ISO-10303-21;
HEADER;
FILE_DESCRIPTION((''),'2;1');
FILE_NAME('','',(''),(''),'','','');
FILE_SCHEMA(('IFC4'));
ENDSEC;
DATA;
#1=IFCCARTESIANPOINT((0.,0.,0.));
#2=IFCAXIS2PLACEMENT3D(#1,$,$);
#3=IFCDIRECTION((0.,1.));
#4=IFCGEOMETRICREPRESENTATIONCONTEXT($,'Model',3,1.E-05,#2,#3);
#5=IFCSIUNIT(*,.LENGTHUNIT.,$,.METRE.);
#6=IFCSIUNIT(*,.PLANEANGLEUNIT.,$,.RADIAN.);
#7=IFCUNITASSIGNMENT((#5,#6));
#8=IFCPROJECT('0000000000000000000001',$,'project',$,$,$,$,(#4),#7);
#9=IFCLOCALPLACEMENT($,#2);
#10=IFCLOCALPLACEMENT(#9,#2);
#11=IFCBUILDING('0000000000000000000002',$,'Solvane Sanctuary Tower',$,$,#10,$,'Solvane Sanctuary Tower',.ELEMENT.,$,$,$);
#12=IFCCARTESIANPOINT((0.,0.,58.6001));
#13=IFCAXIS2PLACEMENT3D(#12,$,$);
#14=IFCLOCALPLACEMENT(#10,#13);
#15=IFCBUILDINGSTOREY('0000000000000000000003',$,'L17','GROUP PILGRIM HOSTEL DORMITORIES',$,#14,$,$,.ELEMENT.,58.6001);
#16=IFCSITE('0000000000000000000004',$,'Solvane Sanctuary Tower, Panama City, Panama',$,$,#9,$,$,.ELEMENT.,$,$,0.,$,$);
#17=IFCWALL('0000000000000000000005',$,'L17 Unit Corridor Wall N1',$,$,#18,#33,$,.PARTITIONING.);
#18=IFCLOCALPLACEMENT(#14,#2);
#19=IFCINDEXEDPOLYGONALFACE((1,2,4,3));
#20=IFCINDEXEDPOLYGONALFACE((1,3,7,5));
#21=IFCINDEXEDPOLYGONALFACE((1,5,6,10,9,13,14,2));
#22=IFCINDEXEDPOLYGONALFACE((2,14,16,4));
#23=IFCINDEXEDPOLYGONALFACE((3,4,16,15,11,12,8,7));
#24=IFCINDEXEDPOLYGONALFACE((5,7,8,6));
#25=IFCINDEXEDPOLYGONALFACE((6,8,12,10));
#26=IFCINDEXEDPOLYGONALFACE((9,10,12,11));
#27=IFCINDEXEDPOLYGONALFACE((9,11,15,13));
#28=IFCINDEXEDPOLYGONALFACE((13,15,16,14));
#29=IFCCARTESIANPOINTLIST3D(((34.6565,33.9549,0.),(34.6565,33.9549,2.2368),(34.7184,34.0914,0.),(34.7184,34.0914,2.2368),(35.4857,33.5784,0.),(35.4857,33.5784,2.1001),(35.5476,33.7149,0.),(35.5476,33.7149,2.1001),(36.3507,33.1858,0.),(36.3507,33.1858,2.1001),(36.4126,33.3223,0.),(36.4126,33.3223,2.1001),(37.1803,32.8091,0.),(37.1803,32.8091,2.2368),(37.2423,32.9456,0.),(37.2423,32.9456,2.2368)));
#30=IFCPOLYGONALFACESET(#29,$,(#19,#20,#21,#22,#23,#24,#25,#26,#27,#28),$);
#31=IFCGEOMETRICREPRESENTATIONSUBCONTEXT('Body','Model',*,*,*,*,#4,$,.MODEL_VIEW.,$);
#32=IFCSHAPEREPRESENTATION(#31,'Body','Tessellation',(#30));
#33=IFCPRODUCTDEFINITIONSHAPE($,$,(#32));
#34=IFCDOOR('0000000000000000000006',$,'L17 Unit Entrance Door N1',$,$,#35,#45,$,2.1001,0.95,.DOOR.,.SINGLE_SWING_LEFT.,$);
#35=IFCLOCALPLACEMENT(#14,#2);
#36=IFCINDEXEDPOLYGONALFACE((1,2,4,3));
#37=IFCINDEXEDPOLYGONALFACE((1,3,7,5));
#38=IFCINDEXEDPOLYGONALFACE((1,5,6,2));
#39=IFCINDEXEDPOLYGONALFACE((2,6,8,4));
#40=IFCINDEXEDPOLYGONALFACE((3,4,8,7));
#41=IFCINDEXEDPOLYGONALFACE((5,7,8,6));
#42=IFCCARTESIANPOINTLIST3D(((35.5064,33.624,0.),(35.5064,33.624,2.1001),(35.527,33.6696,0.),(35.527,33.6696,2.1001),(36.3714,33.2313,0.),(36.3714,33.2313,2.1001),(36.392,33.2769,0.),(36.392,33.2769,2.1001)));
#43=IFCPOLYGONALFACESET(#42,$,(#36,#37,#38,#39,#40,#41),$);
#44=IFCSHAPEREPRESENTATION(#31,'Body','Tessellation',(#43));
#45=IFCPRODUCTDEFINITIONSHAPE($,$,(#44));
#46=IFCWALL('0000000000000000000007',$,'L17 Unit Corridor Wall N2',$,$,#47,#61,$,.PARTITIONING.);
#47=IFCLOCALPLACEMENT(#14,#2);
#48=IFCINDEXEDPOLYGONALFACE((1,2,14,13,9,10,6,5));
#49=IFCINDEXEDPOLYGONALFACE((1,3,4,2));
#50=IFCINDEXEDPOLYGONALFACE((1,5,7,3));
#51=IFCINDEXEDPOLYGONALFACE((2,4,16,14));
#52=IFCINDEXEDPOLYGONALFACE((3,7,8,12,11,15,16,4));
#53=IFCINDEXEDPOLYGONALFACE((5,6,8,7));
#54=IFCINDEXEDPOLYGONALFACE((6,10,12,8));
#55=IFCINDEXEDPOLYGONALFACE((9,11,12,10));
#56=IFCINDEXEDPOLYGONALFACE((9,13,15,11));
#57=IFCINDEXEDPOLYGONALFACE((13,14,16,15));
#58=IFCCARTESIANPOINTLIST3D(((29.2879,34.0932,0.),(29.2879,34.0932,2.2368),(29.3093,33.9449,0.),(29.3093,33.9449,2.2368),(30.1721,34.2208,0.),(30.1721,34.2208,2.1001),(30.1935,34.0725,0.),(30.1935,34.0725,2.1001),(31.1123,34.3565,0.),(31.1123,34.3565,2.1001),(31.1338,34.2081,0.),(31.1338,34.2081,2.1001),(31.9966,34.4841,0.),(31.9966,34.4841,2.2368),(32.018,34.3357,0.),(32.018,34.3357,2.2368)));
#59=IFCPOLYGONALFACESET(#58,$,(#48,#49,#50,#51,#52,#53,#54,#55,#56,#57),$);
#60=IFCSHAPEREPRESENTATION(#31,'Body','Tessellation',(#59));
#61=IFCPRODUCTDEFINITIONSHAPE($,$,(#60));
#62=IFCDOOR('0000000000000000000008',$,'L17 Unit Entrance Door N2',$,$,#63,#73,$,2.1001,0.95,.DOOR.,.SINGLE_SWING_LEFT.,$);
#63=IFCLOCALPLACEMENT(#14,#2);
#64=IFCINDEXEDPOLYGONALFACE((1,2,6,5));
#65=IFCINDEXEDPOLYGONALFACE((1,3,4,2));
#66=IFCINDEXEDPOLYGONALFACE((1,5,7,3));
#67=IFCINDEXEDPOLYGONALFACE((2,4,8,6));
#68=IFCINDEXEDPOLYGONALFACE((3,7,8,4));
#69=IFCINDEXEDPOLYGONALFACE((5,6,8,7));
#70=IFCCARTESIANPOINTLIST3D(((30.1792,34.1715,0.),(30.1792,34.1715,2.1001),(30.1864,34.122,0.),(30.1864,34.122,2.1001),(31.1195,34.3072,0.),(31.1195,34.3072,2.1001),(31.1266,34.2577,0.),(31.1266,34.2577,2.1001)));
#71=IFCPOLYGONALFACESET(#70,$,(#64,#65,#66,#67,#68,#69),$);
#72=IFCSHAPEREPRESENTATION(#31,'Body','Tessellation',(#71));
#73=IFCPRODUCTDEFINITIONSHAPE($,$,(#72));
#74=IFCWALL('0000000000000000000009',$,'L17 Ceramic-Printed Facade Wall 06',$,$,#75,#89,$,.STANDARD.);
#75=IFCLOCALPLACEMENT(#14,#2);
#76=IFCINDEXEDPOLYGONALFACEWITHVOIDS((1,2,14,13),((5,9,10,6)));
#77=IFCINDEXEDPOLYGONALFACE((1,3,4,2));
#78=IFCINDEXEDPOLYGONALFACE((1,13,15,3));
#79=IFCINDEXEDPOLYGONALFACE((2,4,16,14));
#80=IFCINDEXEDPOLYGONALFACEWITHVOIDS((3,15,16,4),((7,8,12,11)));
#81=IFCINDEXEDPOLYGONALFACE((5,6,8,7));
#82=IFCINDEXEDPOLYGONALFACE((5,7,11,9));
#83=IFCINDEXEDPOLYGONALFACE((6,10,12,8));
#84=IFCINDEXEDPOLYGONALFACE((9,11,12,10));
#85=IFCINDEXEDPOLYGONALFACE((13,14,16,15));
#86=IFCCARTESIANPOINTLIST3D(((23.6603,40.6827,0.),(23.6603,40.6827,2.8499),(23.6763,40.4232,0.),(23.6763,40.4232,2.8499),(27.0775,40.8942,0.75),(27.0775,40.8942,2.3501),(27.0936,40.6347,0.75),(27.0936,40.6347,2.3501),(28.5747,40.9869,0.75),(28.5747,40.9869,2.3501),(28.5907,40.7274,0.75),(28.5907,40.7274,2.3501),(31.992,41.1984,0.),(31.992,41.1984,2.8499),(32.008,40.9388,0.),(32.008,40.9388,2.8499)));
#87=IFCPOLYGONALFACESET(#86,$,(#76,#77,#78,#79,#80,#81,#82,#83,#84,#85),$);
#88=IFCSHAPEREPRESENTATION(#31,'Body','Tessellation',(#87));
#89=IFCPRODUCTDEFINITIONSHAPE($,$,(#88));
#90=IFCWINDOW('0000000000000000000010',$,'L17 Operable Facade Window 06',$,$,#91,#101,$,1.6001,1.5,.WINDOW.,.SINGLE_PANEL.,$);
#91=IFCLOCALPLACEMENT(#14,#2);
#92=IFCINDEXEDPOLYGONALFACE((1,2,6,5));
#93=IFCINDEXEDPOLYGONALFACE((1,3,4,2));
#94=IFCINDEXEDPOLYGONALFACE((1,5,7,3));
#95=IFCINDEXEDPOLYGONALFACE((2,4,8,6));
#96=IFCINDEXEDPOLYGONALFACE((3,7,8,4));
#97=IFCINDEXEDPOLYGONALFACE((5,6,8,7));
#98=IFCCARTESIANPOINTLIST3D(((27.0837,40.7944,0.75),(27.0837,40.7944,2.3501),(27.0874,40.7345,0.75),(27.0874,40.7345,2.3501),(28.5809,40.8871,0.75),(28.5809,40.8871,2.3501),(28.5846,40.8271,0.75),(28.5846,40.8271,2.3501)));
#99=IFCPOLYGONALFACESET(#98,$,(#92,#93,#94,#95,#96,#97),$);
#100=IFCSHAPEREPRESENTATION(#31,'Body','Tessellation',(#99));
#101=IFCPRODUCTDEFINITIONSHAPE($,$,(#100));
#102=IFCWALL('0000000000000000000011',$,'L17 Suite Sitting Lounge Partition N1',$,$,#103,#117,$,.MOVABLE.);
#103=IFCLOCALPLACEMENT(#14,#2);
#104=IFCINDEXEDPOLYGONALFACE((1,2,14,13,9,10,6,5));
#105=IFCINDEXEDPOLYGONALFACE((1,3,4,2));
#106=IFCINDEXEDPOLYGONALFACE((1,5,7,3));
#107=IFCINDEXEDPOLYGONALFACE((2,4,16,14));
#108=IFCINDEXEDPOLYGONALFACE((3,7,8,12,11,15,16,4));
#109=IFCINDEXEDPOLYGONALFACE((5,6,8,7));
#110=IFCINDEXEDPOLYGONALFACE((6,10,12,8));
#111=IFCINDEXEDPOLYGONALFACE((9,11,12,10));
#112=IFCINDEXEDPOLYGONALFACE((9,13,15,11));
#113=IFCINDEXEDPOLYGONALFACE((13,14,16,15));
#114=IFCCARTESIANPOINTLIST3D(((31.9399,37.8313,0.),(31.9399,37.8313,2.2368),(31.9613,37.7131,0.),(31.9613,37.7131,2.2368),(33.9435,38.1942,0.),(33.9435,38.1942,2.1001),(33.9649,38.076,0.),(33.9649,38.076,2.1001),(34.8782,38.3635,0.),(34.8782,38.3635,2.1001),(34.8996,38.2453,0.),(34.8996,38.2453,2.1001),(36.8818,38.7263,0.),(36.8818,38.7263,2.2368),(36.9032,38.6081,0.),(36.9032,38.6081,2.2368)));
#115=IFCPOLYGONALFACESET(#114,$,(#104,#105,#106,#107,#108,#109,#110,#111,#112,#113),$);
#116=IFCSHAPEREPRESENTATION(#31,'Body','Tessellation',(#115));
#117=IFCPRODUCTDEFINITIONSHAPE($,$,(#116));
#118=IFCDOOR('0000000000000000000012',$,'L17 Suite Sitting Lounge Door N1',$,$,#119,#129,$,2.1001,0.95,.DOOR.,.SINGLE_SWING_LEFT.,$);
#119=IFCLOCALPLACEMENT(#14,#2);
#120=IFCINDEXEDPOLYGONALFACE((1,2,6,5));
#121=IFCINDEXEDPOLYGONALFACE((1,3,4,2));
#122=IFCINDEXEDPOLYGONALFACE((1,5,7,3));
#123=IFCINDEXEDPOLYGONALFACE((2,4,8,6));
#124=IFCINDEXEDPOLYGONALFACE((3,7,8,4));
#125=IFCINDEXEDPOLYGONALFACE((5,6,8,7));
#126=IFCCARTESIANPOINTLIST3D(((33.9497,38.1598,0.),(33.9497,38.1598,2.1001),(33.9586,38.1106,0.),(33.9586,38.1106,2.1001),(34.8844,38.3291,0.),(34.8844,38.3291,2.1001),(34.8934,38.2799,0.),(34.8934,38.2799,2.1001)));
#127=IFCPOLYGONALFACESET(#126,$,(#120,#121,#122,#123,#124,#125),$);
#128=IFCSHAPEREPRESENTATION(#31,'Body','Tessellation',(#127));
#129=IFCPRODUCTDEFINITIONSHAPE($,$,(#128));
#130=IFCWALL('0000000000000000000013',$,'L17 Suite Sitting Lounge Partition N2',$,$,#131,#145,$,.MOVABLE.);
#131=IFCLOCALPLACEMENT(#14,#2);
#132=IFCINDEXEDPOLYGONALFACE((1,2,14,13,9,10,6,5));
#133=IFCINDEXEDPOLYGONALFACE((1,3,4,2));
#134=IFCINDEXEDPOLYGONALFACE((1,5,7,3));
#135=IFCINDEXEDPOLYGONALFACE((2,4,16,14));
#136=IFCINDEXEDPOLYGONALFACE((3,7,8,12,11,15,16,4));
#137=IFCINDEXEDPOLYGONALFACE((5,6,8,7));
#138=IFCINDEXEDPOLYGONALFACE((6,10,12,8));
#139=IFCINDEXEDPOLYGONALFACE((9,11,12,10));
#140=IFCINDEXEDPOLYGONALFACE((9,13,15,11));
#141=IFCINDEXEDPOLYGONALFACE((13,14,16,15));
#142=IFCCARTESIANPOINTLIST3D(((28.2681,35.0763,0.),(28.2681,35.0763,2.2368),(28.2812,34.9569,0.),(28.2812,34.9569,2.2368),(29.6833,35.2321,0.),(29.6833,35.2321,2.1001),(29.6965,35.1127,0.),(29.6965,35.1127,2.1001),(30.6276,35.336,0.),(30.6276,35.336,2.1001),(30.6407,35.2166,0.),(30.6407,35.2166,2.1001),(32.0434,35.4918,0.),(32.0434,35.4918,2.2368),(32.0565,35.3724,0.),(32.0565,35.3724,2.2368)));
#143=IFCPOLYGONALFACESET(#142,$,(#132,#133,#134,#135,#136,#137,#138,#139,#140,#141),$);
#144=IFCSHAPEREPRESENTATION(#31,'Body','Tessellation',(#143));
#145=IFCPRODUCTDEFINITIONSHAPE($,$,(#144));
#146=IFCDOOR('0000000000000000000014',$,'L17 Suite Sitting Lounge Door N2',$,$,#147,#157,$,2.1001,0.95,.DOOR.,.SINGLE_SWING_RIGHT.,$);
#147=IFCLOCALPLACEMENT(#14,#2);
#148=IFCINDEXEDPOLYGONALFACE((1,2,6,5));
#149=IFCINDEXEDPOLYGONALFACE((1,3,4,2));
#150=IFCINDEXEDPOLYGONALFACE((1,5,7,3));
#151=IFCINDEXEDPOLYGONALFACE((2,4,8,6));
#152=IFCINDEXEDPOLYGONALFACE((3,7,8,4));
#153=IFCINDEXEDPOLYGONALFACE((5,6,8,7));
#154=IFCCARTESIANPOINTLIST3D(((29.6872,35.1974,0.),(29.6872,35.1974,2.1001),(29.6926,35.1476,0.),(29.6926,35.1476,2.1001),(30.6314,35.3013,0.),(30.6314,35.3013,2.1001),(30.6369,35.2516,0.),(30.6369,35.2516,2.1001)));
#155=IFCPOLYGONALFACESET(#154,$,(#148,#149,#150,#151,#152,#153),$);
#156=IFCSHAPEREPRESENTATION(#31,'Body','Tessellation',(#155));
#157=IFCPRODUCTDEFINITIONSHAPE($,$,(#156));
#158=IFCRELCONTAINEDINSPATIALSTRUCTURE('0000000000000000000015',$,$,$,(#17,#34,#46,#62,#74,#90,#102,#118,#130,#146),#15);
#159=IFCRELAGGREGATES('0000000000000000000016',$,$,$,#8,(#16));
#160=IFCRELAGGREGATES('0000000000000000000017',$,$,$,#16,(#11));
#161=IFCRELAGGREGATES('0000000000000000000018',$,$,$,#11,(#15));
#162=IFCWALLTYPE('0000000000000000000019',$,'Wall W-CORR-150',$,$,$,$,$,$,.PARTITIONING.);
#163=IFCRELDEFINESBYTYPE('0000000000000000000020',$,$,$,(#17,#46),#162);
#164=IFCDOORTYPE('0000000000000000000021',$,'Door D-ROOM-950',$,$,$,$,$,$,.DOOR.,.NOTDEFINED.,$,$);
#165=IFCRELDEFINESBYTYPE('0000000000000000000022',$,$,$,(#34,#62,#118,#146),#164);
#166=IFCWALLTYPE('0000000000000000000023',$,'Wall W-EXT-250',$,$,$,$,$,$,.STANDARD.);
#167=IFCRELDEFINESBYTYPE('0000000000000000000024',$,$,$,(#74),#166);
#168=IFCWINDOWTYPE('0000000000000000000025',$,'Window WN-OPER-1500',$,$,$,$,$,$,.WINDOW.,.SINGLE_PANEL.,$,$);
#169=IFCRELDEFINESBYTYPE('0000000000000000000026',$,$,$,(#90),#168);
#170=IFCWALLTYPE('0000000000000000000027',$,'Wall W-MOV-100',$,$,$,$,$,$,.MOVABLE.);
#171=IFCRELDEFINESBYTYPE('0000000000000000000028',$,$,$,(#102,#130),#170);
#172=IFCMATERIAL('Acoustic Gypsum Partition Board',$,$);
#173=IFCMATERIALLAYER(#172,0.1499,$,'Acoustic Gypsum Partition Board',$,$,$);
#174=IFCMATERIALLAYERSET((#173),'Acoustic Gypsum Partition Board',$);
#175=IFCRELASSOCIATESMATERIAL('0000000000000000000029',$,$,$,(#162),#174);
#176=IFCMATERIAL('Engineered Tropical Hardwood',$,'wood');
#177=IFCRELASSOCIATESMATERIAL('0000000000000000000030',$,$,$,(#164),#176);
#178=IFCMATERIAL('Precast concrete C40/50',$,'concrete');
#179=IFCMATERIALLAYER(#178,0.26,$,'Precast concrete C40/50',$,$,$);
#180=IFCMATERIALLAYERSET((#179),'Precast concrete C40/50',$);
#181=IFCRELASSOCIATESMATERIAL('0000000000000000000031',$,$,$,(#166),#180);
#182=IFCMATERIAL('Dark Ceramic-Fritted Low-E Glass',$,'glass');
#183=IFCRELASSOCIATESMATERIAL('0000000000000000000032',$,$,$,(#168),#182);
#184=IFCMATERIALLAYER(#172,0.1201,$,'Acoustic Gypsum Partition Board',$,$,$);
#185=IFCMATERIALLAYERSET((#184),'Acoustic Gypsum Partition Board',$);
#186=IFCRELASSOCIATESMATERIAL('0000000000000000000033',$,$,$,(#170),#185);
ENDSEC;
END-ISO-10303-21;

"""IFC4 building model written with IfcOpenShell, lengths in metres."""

from ifc_helpers import new_model, si_unit, direction, frame, frame_2d, origin, place, context, subcontext, project, spatial, rectangle, extrude, material, layer, layer_set, type_object, element, fill, save


model = new_model("IFC4")

# Units and contexts
model_context = context("Model", 3, precision=1e-05, world=origin(), true_north=direction((0.0, 1.0)))
body_context = subcontext(model_context, "Body", "Model", "MODEL_VIEW")
ifc_project = project(units=[si_unit("LENGTHUNIT", "METRE"), si_unit("PLANEANGLEUNIT", "RADIAN")], contexts=[model_context])

# Site, building, storey
site_placement = place(None, origin())
site = spatial("IfcSite", under=ifc_project, at=site_placement, Name="Solvane Sanctuary Tower, Panama City, Panama", CompositionType="ELEMENT", RefElevation=0.0)
building_placement = place(site_placement, origin())
building = spatial("IfcBuilding", under=site, at=building_placement, Name="Solvane Sanctuary Tower", LongName="Solvane Sanctuary Tower", CompositionType="ELEMENT")
storey_placement = place(building_placement, frame((0.0, 0.0, 58.6001)))
storey = spatial("IfcBuildingStorey", under=building, at=storey_placement, Name="L17", Description="GROUP PILGRIM HOSTEL DORMITORIES", CompositionType="ELEMENT", Elevation=58.6001)

# Shared definitions
ifc_material_1 = material(Name="Acoustic Gypsum Partition Board")
ifc_layer_1 = layer(ifc_material_1, 0.1499, Name="Acoustic Gypsum Partition Board")
ifc_layer_set_1 = layer_set([ifc_layer_1], Name="Acoustic Gypsum Partition Board")
wall_type_1 = type_object("IfcWallType", Name="Wall W-CORR-150", PredefinedType="PARTITIONING", material=ifc_layer_set_1)

# Shared definitions
ifc_material_2 = material(Name="Engineered Tropical Hardwood", Category="wood")

# Walls, openings, doors
wall_1_placement = place(storey_placement, frame((37.2112, 32.8774, 0.0), z_axis=(0.0, 0.0, 1.0), x_axis=(-0.910568, 0.413358, 0.0)))
wall_1 = element("IfcWall", 1, at=wall_1_placement, inside=storey, type_object=wall_type_1, Name="L17 Unit Corridor Wall N1", PredefinedType="PARTITIONING", context=body_context, shape_type="SweptSolid", body=[
    extrude(rectangle(XDim=2.7717, YDim=0.1499, at=frame_2d((1.3857, 0.0))), origin(), (0.0, 0.0, 1.0), 2.2368),
])
opening_1_placement = place(wall_1_placement, frame((0.9109, 0.0, 0.0)))
opening_1 = element("IfcOpeningElement", 2, at=opening_1_placement, cuts=wall_1, PredefinedType="OPENING", context=body_context, shape_type="SweptSolid", body=[
    extrude(rectangle(XDim=0.95, YDim=2.1001, at=frame_2d((0.4751, 1.05))), frame((0.0, 0.085, 0.0), z_axis=(0.0, -1.0, 0.0), x_axis=(1.0, 0.0, 0.0)), (0.0, 0.0, 1.0), 0.1699),
])
door_type_1 = type_object("IfcDoorType", Name="Door D-ROOM-950", OperationType="NOTDEFINED", PredefinedType="DOOR", material=ifc_material_2)
door_1_placement = place(opening_1_placement, origin())
door_1 = element("IfcDoor", 3, at=door_1_placement, inside=storey, type_object=door_type_1, Name="L17 Unit Entrance Door N1", OperationType="SINGLE_SWING_LEFT", OverallHeight=2.1001, OverallWidth=0.95, PredefinedType="DOOR", context=body_context, shape_type="SweptSolid", body=[
    extrude(rectangle(XDim=0.95, YDim=2.1001, at=frame_2d((0.4751, 1.05))), frame((0.0, 0.0249, 0.0), z_axis=(0.0, -1.0, 0.0), x_axis=(1.0, 0.0, 0.0)), (0.0, 0.0, 1.0), 0.05),
])
fill(opening_1, door_1)
wall_2_placement = place(storey_placement, frame((32.0073, 34.4099, 0.0), z_axis=(0.0, 0.0, 1.0), x_axis=(-0.989749, -0.14282, 0.0)))
wall_2 = element("IfcWall", 4, at=wall_2_placement, inside=storey, type_object=wall_type_1, Name="L17 Unit Corridor Wall N2", PredefinedType="PARTITIONING", context=body_context, shape_type="SweptSolid", body=[
    extrude(rectangle(XDim=2.7368, YDim=0.1499, at=frame_2d((1.3684, 0.0))), origin(), (0.0, 0.0, 1.0), 2.2368),
])
opening_2_placement = place(wall_2_placement, frame((0.8933, 0.0, 0.0)))
opening_2 = element("IfcOpeningElement", 5, at=opening_2_placement, cuts=wall_2, PredefinedType="OPENING", context=body_context, shape_type="SweptSolid", body=[
    extrude(rectangle(XDim=0.95, YDim=2.1001, at=frame_2d((0.4751, 1.05))), frame((0.0, 0.085, 0.0), z_axis=(0.0, -1.0, 0.0), x_axis=(1.0, 0.0, 0.0)), (0.0, 0.0, 1.0), 0.1699),
])
door_2_placement = place(opening_2_placement, origin())
door_2 = element("IfcDoor", 6, at=door_2_placement, inside=storey, type_object=door_type_1, Name="L17 Unit Entrance Door N2", OperationType="SINGLE_SWING_LEFT", OverallHeight=2.1001, OverallWidth=0.95, PredefinedType="DOOR", context=body_context, shape_type="SweptSolid", body=[
    extrude(rectangle(XDim=0.95, YDim=2.1001, at=frame_2d((0.4751, 1.05))), frame((0.0, 0.0249, 0.0), z_axis=(0.0, -1.0, 0.0), x_axis=(1.0, 0.0, 0.0)), (0.0, 0.0, 1.0), 0.05),
])
fill(opening_2, door_2)

# Wall, opening, window
ifc_material_3 = material(Name="Precast concrete C40/50", Category="concrete")
ifc_layer_2 = layer(ifc_material_3, 0.26, Name="Precast concrete C40/50")
ifc_layer_set_2 = layer_set([ifc_layer_2], Name="Precast concrete C40/50")
wall_type_2 = type_object("IfcWallType", Name="Wall W-EXT-250", PredefinedType="STANDARD", material=ifc_layer_set_2)
wall_3_placement = place(storey_placement, frame((32.0, 41.0686, 0.0), z_axis=(0.0, 0.0, 1.0), x_axis=(-0.998091, -0.061768, 0.0)))
wall_3 = element("IfcWall", 7, at=wall_3_placement, inside=storey, type_object=wall_type_2, Name="L17 Ceramic-Printed Facade Wall 06", PredefinedType="STANDARD", context=body_context, shape_type="SweptSolid", body=[
    extrude(rectangle(XDim=8.3477, YDim=0.26, at=frame_2d((4.1738, 0.0))), origin(), (0.0, 0.0, 1.0), 2.8499),
])
opening_3_placement = place(wall_3_placement, frame((3.4238, 0.0, 0.75)))
opening_3 = element("IfcOpeningElement", 8, at=opening_3_placement, cuts=wall_3, PredefinedType="OPENING", context=body_context, shape_type="SweptSolid", body=[
    extrude(rectangle(XDim=1.5, YDim=1.6001, at=frame_2d((0.75, 0.8))), frame((0.0, 0.1399, 0.0), z_axis=(0.0, -1.0, 0.0), x_axis=(1.0, 0.0, 0.0)), (0.0, 0.0, 1.0), 0.28),
])
ifc_material_4 = material(Name="Dark Ceramic-Fritted Low-E Glass", Category="glass")
window_type = type_object("IfcWindowType", Name="Window WN-OPER-1500", PartitioningType="SINGLE_PANEL", PredefinedType="WINDOW", material=ifc_material_4)
window_placement = place(opening_3_placement, origin())
window = element("IfcWindow", 9, at=window_placement, inside=storey, type_object=window_type, Name="L17 Operable Facade Window 06", OverallHeight=1.6001, OverallWidth=1.5, PartitioningType="SINGLE_PANEL", PredefinedType="WINDOW", context=body_context, shape_type="SweptSolid", body=[
    extrude(rectangle(XDim=1.5, YDim=1.6001, at=frame_2d((0.75, 0.8))), frame((0.0, 0.03, 0.0), z_axis=(0.0, -1.0, 0.0), x_axis=(1.0, 0.0, 0.0)), (0.0, 0.0, 1.0), 0.0601),
])
fill(opening_3, window)

# Walls, openings, doors
ifc_layer_3 = layer(ifc_material_1, 0.1201, Name="Acoustic Gypsum Partition Board")
ifc_layer_set_3 = layer_set([ifc_layer_3], Name="Acoustic Gypsum Partition Board")
wall_type_3 = type_object("IfcWallType", Name="Wall W-MOV-100", PredefinedType="MOVABLE", material=ifc_layer_set_3)
wall_4_placement = place(storey_placement, frame((36.8926, 38.6672, 0.0), z_axis=(0.0, 0.0, 1.0), x_axis=(-0.983993, -0.17821, 0.0)))
wall_4 = element("IfcWall", 10, at=wall_4_placement, inside=storey, type_object=wall_type_3, Name="L17 Suite Sitting Lounge Partition N1", PredefinedType="MOVABLE", context=body_context, shape_type="SweptSolid", body=[
    extrude(rectangle(XDim=5.0222, YDim=0.1201, at=frame_2d((2.5112, 0.0))), origin(), (0.0, 0.0, 1.0), 2.2368),
])
opening_4_placement = place(wall_4_placement, frame((2.0361, 0.0, 0.0)))
opening_4 = element("IfcOpeningElement", 11, at=opening_4_placement, cuts=wall_4, PredefinedType="OPENING", context=body_context, shape_type="SweptSolid", body=[
    extrude(rectangle(XDim=0.95, YDim=2.1001, at=frame_2d((0.4751, 1.05))), frame((0.0, 0.0701, 0.0), z_axis=(0.0, -1.0, 0.0), x_axis=(1.0, 0.0, 0.0)), (0.0, 0.0, 1.0), 0.1401),
])
door_3_placement = place(opening_4_placement, origin())
door_3 = element("IfcDoor", 12, at=door_3_placement, inside=storey, type_object=door_type_1, Name="L17 Suite Sitting Lounge Door N1", OperationType="SINGLE_SWING_LEFT", OverallHeight=2.1001, OverallWidth=0.95, PredefinedType="DOOR", context=body_context, shape_type="SweptSolid", body=[
    extrude(rectangle(XDim=0.95, YDim=2.1001, at=frame_2d((0.4751, 1.05))), frame((0.0, 0.0249, 0.0), z_axis=(0.0, -1.0, 0.0), x_axis=(1.0, 0.0, 0.0)), (0.0, 0.0, 1.0), 0.05),
])
fill(opening_4, door_3)
wall_5_placement = place(storey_placement, frame((32.0498, 35.4321, 0.0), z_axis=(0.0, 0.0, 1.0), x_axis=(-0.993998, -0.109401, 0.0)))
wall_5 = element("IfcWall", 13, at=wall_5_placement, inside=storey, type_object=wall_type_3, Name="L17 Suite Sitting Lounge Partition N2", PredefinedType="MOVABLE", context=body_context, shape_type="SweptSolid", body=[
    extrude(rectangle(XDim=3.7981, YDim=0.1201, at=frame_2d((1.8989, 0.0))), origin(), (0.0, 0.0, 1.0), 2.2368),
])
opening_5_placement = place(wall_5_placement, frame((1.4241, 0.0, 0.0)))
opening_5 = element("IfcOpeningElement", 14, at=opening_5_placement, cuts=wall_5, PredefinedType="OPENING", context=body_context, shape_type="SweptSolid", body=[
    extrude(rectangle(XDim=0.95, YDim=2.1001, at=frame_2d((0.4751, 1.05))), frame((0.0, 0.0701, 0.0), z_axis=(0.0, -1.0, 0.0), x_axis=(1.0, 0.0, 0.0)), (0.0, 0.0, 1.0), 0.1401),
])
door_4_placement = place(opening_5_placement, origin())
door_4 = element("IfcDoor", 15, at=door_4_placement, inside=storey, type_object=door_type_1, Name="L17 Suite Sitting Lounge Door N2", OperationType="SINGLE_SWING_RIGHT", OverallHeight=2.1001, OverallWidth=0.95, PredefinedType="DOOR", context=body_context, shape_type="SweptSolid", body=[
    extrude(rectangle(XDim=0.95, YDim=2.1001, at=frame_2d((0.4751, 1.05))), frame((0.0, 0.0249, 0.0), z_axis=(0.0, -1.0, 0.0), x_axis=(1.0, 0.0, 0.0)), (0.0, 0.0, 1.0), 0.05),
])
fill(opening_5, door_4)

save(model, "model.ifc")
